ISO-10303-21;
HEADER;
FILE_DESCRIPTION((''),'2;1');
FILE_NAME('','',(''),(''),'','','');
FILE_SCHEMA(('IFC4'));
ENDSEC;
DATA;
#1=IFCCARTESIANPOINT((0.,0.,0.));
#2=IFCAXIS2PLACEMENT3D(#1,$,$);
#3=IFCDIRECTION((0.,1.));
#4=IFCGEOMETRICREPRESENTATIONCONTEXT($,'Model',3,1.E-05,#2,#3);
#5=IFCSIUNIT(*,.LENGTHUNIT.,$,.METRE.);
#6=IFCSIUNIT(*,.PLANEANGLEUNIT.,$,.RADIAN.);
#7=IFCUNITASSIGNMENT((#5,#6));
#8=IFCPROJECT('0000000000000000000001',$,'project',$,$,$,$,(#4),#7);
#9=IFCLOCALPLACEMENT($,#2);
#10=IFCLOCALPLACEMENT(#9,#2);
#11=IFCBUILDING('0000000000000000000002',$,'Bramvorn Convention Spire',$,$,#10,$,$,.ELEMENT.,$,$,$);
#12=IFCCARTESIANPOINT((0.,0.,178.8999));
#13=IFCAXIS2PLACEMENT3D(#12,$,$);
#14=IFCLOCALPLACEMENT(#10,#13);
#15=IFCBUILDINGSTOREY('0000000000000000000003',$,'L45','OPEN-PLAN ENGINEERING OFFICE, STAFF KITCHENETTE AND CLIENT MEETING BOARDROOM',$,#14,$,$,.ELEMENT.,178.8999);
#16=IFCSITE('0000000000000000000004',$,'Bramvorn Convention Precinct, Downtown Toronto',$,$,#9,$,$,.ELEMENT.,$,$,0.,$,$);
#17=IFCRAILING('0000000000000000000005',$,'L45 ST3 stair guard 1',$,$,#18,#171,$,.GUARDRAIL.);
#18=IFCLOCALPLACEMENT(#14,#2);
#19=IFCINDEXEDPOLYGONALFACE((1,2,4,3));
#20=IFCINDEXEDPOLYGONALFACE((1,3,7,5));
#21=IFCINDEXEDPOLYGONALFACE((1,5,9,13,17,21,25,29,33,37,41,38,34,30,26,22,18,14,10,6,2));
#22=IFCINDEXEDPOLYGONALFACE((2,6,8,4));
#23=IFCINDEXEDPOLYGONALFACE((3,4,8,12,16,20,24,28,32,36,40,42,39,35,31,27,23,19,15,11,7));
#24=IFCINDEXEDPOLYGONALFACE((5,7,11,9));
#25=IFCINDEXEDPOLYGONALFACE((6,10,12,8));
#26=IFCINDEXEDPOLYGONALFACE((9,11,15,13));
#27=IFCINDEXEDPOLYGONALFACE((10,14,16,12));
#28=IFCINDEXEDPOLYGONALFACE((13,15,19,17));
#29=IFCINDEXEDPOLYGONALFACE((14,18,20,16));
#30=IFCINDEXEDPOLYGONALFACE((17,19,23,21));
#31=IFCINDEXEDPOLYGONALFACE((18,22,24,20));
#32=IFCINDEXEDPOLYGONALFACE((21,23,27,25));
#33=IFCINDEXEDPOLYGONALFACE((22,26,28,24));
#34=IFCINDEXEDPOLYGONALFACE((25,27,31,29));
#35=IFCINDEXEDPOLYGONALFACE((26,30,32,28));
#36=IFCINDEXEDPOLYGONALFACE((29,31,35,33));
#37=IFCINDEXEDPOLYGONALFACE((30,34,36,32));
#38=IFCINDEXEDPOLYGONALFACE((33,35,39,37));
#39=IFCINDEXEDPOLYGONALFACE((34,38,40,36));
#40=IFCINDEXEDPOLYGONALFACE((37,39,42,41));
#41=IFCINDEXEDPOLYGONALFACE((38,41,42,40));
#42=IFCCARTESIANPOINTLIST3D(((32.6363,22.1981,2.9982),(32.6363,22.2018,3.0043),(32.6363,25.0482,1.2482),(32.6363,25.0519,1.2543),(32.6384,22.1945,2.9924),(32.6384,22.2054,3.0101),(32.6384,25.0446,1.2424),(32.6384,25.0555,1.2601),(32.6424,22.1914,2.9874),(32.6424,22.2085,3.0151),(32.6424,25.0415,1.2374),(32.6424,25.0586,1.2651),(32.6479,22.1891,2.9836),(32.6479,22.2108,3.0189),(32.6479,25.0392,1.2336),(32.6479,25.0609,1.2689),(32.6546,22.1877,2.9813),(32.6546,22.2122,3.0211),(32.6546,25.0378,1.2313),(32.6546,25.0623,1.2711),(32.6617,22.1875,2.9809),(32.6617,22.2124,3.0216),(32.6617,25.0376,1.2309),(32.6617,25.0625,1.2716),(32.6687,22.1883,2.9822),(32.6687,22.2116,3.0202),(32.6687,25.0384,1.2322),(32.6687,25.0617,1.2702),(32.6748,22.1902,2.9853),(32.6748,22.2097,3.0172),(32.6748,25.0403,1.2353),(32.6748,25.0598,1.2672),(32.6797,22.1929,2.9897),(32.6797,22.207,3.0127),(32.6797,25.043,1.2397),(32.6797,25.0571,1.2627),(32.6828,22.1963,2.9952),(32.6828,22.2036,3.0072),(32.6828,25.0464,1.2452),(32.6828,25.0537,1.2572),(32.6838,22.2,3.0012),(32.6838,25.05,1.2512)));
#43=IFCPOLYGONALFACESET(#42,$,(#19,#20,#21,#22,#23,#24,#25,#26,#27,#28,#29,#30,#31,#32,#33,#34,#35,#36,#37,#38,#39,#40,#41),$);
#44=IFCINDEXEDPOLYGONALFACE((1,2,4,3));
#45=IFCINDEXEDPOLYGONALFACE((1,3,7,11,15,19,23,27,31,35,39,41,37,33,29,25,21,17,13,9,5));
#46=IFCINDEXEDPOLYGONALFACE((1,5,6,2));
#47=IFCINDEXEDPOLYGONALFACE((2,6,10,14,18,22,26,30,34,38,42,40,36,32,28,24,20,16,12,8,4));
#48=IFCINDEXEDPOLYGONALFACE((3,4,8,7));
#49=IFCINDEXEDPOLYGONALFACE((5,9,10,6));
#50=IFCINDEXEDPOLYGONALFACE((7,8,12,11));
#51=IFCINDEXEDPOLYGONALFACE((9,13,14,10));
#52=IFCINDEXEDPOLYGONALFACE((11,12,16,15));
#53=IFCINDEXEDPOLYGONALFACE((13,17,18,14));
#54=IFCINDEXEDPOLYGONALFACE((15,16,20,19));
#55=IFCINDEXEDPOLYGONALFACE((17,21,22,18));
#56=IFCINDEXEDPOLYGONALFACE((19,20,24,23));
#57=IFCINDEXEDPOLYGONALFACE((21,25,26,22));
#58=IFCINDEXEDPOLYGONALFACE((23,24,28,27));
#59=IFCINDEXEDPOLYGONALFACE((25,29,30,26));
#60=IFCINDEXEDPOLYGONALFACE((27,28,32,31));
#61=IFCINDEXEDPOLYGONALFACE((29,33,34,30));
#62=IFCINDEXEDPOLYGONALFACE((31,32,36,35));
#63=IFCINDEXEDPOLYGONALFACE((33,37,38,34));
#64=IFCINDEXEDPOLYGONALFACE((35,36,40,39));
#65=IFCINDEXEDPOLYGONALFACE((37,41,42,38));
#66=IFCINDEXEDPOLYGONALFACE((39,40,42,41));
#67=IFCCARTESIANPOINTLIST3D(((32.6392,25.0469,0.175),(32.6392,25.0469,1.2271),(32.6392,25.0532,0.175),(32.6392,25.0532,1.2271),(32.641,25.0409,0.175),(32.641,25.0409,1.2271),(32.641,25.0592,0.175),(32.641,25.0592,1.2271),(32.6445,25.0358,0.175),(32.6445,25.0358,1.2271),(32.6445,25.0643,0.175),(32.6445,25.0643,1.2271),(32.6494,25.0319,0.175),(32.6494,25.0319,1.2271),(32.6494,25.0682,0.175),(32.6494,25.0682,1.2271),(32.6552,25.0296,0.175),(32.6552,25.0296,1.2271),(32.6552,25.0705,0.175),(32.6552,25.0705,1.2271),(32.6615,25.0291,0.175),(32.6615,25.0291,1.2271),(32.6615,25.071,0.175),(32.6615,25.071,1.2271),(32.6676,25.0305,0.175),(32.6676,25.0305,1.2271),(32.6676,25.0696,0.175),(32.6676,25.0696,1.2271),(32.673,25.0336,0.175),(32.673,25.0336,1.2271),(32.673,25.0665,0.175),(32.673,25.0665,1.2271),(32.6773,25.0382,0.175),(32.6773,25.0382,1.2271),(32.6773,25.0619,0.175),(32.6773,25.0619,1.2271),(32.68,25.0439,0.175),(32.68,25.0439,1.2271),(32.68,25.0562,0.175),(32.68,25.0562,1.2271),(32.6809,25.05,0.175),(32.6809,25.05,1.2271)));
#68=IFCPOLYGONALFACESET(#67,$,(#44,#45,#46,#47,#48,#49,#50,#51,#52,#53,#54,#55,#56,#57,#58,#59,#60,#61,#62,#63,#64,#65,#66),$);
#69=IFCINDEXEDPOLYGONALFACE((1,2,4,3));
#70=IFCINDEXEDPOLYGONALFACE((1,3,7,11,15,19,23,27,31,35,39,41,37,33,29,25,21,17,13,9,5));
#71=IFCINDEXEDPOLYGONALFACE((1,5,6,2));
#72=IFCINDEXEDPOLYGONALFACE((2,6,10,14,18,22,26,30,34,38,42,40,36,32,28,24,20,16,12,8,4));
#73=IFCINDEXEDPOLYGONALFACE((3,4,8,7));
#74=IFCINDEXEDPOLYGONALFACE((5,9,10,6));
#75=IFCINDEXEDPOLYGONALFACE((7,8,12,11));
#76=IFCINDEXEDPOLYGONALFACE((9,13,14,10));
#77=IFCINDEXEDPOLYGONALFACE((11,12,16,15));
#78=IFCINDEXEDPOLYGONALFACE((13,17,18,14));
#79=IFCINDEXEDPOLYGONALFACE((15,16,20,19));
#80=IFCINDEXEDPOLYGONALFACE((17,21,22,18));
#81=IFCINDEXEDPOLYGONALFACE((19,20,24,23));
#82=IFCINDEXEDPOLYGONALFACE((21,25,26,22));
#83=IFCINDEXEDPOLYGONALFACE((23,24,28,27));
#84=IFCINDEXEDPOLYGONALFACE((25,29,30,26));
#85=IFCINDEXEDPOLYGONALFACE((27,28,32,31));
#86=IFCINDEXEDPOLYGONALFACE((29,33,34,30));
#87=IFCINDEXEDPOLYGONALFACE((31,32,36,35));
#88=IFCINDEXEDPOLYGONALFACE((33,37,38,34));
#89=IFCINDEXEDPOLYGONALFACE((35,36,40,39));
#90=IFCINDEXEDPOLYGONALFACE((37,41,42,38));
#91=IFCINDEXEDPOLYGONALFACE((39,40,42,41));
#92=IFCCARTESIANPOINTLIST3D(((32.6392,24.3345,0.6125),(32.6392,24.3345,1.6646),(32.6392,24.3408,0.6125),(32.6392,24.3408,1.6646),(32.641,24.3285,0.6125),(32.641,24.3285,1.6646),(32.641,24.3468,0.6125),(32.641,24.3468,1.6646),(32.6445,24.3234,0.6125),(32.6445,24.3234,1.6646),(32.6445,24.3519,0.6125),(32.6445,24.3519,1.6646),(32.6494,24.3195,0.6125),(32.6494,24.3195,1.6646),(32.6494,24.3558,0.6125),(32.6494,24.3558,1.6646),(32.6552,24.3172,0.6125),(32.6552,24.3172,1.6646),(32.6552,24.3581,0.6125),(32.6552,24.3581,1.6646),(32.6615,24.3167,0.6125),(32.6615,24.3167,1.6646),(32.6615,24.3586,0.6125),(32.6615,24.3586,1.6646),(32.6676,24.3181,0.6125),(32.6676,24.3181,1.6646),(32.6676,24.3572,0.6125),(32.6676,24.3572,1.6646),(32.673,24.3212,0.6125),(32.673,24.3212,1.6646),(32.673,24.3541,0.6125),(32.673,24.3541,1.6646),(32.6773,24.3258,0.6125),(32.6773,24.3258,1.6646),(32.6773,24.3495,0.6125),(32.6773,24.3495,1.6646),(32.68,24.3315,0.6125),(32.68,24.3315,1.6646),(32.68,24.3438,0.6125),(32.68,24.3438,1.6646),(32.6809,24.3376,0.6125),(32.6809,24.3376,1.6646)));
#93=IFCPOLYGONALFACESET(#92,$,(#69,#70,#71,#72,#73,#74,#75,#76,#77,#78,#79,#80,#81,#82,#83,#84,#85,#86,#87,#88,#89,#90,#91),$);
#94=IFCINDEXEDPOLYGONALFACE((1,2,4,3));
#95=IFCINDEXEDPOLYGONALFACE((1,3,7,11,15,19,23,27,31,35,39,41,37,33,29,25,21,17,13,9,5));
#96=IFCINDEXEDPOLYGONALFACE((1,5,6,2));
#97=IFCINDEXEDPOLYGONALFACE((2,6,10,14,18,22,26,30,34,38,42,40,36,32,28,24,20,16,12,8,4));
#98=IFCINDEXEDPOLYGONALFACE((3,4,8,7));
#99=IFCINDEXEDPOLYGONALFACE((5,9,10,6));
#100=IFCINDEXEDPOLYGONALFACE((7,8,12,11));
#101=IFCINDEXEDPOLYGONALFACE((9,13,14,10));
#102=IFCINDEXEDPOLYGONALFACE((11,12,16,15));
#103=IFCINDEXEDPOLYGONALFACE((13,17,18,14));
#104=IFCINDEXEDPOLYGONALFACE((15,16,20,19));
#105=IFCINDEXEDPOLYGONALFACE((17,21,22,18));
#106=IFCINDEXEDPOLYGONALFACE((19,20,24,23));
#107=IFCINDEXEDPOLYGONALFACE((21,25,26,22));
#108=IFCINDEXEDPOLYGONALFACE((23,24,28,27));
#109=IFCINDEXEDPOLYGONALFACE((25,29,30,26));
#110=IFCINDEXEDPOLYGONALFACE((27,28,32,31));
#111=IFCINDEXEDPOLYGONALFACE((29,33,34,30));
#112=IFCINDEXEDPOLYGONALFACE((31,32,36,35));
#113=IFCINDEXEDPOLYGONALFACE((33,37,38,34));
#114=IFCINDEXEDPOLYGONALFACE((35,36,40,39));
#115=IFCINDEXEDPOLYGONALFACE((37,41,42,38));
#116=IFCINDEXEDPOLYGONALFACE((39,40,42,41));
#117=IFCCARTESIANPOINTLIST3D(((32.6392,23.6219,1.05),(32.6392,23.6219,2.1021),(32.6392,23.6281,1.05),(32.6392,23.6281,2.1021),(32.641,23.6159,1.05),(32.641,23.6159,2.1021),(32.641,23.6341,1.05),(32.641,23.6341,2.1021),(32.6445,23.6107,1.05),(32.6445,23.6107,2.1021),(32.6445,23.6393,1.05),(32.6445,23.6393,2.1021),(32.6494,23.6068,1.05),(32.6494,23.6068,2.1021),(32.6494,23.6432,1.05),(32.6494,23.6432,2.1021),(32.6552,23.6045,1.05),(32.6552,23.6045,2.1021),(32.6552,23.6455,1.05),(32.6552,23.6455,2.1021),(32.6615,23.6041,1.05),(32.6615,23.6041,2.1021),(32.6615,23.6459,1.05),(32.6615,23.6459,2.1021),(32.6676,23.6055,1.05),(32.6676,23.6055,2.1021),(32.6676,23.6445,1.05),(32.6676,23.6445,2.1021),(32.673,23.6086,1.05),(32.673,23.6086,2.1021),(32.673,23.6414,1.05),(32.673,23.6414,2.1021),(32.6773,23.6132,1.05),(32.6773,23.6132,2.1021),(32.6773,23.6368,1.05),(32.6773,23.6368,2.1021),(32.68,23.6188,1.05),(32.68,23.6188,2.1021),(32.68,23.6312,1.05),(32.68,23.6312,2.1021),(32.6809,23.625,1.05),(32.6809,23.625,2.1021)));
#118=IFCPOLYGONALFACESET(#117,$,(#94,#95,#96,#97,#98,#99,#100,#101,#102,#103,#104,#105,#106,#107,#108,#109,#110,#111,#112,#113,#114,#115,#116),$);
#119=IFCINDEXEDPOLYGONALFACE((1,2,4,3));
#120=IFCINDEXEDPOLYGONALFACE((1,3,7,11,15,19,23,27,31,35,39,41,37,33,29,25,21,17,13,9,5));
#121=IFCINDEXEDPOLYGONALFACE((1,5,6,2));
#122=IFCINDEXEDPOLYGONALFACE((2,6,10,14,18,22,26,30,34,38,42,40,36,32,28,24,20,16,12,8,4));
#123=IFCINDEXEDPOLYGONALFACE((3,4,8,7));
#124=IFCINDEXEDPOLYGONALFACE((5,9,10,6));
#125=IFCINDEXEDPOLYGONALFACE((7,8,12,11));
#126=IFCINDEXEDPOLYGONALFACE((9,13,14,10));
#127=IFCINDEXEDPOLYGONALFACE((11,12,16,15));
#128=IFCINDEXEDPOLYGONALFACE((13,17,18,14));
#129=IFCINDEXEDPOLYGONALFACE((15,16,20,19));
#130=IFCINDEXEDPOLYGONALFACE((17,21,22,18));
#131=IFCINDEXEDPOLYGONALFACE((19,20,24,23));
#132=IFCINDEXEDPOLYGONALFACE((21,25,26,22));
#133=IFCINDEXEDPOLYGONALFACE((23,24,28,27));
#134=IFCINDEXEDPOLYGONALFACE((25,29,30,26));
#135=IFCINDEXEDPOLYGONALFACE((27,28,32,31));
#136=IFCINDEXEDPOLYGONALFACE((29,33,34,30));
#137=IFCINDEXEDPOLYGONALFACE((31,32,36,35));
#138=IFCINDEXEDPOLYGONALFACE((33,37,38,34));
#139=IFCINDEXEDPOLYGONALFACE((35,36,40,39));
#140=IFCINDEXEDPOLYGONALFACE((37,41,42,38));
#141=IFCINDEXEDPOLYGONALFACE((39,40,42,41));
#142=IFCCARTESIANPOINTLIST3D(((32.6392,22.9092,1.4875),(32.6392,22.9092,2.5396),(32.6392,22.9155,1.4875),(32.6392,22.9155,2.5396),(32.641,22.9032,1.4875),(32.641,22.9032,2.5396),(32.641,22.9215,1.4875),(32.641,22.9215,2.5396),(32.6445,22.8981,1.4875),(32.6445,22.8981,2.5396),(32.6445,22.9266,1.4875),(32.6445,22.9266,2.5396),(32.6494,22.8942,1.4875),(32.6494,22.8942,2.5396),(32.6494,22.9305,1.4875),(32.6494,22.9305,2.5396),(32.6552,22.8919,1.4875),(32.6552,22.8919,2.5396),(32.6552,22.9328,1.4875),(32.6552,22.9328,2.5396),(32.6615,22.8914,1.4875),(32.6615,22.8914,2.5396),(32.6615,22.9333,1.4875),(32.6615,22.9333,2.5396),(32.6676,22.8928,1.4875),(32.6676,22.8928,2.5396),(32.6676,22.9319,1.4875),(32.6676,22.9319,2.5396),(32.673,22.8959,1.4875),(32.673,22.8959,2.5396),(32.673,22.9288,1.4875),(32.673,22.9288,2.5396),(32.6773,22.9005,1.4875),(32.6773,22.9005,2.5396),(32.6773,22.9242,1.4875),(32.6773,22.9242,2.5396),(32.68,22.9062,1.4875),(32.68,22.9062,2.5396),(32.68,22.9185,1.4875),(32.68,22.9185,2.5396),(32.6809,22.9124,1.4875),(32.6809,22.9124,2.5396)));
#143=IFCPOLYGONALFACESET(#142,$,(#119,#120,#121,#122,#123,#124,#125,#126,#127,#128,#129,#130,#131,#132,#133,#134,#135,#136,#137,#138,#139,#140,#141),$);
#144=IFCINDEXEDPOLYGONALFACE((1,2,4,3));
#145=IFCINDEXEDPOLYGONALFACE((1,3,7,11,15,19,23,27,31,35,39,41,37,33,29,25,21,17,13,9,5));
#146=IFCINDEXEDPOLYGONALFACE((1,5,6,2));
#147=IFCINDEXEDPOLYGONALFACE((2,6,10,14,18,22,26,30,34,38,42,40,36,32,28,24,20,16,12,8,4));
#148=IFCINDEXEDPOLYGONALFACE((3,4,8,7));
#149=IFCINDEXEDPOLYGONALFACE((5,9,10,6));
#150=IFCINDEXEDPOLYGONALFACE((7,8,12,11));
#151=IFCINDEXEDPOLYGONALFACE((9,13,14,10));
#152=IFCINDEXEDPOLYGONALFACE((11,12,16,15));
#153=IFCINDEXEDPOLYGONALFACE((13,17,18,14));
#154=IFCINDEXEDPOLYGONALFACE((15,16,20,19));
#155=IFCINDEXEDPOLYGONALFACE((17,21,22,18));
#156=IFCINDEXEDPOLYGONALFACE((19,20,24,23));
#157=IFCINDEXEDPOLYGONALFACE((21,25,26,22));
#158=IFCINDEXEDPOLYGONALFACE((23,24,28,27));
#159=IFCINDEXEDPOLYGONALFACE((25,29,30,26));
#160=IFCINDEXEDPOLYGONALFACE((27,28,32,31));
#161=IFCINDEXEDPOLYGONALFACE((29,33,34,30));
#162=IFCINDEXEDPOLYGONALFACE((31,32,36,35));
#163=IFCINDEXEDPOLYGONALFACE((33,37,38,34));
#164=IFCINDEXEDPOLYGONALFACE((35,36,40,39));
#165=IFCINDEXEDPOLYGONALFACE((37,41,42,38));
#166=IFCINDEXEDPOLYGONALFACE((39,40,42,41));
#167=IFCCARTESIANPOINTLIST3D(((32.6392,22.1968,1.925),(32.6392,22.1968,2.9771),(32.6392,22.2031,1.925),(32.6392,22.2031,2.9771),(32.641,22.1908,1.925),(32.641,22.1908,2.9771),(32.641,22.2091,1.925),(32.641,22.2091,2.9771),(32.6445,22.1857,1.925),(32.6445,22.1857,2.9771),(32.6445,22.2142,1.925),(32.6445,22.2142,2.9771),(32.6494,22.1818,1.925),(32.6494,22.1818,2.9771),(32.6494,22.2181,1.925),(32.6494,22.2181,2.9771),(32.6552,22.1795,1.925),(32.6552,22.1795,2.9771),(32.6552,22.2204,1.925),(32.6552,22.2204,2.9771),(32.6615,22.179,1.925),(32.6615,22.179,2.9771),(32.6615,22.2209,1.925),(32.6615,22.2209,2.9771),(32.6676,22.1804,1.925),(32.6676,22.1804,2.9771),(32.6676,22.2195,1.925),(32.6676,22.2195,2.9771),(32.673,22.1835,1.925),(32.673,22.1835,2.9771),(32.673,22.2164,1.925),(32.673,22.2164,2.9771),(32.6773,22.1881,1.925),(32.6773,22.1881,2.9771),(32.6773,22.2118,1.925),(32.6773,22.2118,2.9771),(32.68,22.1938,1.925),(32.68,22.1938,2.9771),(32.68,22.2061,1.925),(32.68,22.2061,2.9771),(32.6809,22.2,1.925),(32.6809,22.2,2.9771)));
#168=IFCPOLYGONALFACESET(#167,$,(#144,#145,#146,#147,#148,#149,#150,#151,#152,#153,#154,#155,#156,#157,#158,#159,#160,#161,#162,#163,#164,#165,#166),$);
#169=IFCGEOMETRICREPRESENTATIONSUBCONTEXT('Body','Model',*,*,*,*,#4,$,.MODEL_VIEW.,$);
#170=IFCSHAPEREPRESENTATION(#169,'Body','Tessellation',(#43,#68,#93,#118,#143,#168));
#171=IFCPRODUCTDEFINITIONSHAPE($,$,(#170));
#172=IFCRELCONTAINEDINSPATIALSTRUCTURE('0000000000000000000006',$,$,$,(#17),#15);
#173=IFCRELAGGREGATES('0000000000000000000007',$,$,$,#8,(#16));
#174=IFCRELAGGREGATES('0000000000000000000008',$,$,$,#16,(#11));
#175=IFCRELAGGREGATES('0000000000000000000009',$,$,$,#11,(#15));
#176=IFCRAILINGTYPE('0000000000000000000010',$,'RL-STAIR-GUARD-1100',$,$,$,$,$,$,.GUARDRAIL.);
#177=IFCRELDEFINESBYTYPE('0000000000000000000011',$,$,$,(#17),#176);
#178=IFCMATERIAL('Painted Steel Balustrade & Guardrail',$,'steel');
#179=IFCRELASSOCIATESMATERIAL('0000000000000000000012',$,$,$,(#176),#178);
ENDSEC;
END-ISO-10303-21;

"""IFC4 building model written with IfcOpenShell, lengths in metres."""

from ifc_helpers import new_model, si_unit, direction, frame, origin, origin_2d, place, context, subcontext, project, spatial, circle, extrude, material, type_object, element, save


model = new_model("IFC4")

# Units and contexts
model_context = context("Model", 3, precision=1e-05, world=origin(), true_north=direction((0.0, 1.0)))
body_context = subcontext(model_context, "Body", "Model", "MODEL_VIEW")
ifc_project = project(units=[si_unit("LENGTHUNIT", "METRE"), si_unit("PLANEANGLEUNIT", "RADIAN")], contexts=[model_context])

# Site, building, storey
site_placement = place(None, origin())
site = spatial("IfcSite", under=ifc_project, at=site_placement, Name="Bramvorn Convention Precinct, Downtown Toronto", CompositionType="ELEMENT", RefElevation=0.0)
building_placement = place(site_placement, origin())
building = spatial("IfcBuilding", under=site, at=building_placement, Name="Bramvorn Convention Spire", CompositionType="ELEMENT")
storey_placement = place(building_placement, frame((0.0, 0.0, 178.8999)))
storey = spatial("IfcBuildingStorey", under=building, at=storey_placement, Name="L45", Description="OPEN-PLAN ENGINEERING OFFICE, STAFF KITCHENETTE AND CLIENT MEETING BOARDROOM", CompositionType="ELEMENT", Elevation=178.8999)

# Railing
ifc_material_1 = material(Name="Painted Steel Balustrade & Guardrail", Category="steel")
railing_type_1 = type_object("IfcRailingType", Name="RL-STAIR-GUARD-1100", PredefinedType="GUARDRAIL", material=ifc_material_1)
railing_1_placement = place(storey_placement, frame((32.6599, 25.05, 0.175)))
element("IfcRailing", 1, at=railing_1_placement, inside=storey, type_object=railing_type_1, Name="L45 ST3 stair guard 1", PredefinedType="GUARDRAIL", context=body_context, shape_type="SweptSolid", body=[
    extrude(circle(Radius=0.0239, at=origin_2d()), frame((0.0, 0.0, 1.0762), z_axis=(0.0, -0.852179, 0.52325), x_axis=(1.0, 0.0, 0.0)), (0.0, 0.0, 1.0), 3.3445),
    extrude(circle(Radius=0.021, at=origin_2d()), origin(), (0.0, 0.0, 1.0), 1.052),
    extrude(circle(Radius=0.021, at=origin_2d()), frame((0.0, -0.7124, 0.4375)), (0.0, 0.0, 1.0), 1.052),
    extrude(circle(Radius=0.021, at=origin_2d()), frame((0.0, -1.425, 0.875)), (0.0, 0.0, 1.0), 1.052),
    extrude(circle(Radius=0.021, at=origin_2d()), frame((0.0, -2.1377, 1.3125)), (0.0, 0.0, 1.0), 1.052),
    extrude(circle(Radius=0.021, at=origin_2d()), frame((0.0, -2.8501, 1.75)), (0.0, 0.0, 1.0), 1.052),
])

save(model, "model.ifc")
